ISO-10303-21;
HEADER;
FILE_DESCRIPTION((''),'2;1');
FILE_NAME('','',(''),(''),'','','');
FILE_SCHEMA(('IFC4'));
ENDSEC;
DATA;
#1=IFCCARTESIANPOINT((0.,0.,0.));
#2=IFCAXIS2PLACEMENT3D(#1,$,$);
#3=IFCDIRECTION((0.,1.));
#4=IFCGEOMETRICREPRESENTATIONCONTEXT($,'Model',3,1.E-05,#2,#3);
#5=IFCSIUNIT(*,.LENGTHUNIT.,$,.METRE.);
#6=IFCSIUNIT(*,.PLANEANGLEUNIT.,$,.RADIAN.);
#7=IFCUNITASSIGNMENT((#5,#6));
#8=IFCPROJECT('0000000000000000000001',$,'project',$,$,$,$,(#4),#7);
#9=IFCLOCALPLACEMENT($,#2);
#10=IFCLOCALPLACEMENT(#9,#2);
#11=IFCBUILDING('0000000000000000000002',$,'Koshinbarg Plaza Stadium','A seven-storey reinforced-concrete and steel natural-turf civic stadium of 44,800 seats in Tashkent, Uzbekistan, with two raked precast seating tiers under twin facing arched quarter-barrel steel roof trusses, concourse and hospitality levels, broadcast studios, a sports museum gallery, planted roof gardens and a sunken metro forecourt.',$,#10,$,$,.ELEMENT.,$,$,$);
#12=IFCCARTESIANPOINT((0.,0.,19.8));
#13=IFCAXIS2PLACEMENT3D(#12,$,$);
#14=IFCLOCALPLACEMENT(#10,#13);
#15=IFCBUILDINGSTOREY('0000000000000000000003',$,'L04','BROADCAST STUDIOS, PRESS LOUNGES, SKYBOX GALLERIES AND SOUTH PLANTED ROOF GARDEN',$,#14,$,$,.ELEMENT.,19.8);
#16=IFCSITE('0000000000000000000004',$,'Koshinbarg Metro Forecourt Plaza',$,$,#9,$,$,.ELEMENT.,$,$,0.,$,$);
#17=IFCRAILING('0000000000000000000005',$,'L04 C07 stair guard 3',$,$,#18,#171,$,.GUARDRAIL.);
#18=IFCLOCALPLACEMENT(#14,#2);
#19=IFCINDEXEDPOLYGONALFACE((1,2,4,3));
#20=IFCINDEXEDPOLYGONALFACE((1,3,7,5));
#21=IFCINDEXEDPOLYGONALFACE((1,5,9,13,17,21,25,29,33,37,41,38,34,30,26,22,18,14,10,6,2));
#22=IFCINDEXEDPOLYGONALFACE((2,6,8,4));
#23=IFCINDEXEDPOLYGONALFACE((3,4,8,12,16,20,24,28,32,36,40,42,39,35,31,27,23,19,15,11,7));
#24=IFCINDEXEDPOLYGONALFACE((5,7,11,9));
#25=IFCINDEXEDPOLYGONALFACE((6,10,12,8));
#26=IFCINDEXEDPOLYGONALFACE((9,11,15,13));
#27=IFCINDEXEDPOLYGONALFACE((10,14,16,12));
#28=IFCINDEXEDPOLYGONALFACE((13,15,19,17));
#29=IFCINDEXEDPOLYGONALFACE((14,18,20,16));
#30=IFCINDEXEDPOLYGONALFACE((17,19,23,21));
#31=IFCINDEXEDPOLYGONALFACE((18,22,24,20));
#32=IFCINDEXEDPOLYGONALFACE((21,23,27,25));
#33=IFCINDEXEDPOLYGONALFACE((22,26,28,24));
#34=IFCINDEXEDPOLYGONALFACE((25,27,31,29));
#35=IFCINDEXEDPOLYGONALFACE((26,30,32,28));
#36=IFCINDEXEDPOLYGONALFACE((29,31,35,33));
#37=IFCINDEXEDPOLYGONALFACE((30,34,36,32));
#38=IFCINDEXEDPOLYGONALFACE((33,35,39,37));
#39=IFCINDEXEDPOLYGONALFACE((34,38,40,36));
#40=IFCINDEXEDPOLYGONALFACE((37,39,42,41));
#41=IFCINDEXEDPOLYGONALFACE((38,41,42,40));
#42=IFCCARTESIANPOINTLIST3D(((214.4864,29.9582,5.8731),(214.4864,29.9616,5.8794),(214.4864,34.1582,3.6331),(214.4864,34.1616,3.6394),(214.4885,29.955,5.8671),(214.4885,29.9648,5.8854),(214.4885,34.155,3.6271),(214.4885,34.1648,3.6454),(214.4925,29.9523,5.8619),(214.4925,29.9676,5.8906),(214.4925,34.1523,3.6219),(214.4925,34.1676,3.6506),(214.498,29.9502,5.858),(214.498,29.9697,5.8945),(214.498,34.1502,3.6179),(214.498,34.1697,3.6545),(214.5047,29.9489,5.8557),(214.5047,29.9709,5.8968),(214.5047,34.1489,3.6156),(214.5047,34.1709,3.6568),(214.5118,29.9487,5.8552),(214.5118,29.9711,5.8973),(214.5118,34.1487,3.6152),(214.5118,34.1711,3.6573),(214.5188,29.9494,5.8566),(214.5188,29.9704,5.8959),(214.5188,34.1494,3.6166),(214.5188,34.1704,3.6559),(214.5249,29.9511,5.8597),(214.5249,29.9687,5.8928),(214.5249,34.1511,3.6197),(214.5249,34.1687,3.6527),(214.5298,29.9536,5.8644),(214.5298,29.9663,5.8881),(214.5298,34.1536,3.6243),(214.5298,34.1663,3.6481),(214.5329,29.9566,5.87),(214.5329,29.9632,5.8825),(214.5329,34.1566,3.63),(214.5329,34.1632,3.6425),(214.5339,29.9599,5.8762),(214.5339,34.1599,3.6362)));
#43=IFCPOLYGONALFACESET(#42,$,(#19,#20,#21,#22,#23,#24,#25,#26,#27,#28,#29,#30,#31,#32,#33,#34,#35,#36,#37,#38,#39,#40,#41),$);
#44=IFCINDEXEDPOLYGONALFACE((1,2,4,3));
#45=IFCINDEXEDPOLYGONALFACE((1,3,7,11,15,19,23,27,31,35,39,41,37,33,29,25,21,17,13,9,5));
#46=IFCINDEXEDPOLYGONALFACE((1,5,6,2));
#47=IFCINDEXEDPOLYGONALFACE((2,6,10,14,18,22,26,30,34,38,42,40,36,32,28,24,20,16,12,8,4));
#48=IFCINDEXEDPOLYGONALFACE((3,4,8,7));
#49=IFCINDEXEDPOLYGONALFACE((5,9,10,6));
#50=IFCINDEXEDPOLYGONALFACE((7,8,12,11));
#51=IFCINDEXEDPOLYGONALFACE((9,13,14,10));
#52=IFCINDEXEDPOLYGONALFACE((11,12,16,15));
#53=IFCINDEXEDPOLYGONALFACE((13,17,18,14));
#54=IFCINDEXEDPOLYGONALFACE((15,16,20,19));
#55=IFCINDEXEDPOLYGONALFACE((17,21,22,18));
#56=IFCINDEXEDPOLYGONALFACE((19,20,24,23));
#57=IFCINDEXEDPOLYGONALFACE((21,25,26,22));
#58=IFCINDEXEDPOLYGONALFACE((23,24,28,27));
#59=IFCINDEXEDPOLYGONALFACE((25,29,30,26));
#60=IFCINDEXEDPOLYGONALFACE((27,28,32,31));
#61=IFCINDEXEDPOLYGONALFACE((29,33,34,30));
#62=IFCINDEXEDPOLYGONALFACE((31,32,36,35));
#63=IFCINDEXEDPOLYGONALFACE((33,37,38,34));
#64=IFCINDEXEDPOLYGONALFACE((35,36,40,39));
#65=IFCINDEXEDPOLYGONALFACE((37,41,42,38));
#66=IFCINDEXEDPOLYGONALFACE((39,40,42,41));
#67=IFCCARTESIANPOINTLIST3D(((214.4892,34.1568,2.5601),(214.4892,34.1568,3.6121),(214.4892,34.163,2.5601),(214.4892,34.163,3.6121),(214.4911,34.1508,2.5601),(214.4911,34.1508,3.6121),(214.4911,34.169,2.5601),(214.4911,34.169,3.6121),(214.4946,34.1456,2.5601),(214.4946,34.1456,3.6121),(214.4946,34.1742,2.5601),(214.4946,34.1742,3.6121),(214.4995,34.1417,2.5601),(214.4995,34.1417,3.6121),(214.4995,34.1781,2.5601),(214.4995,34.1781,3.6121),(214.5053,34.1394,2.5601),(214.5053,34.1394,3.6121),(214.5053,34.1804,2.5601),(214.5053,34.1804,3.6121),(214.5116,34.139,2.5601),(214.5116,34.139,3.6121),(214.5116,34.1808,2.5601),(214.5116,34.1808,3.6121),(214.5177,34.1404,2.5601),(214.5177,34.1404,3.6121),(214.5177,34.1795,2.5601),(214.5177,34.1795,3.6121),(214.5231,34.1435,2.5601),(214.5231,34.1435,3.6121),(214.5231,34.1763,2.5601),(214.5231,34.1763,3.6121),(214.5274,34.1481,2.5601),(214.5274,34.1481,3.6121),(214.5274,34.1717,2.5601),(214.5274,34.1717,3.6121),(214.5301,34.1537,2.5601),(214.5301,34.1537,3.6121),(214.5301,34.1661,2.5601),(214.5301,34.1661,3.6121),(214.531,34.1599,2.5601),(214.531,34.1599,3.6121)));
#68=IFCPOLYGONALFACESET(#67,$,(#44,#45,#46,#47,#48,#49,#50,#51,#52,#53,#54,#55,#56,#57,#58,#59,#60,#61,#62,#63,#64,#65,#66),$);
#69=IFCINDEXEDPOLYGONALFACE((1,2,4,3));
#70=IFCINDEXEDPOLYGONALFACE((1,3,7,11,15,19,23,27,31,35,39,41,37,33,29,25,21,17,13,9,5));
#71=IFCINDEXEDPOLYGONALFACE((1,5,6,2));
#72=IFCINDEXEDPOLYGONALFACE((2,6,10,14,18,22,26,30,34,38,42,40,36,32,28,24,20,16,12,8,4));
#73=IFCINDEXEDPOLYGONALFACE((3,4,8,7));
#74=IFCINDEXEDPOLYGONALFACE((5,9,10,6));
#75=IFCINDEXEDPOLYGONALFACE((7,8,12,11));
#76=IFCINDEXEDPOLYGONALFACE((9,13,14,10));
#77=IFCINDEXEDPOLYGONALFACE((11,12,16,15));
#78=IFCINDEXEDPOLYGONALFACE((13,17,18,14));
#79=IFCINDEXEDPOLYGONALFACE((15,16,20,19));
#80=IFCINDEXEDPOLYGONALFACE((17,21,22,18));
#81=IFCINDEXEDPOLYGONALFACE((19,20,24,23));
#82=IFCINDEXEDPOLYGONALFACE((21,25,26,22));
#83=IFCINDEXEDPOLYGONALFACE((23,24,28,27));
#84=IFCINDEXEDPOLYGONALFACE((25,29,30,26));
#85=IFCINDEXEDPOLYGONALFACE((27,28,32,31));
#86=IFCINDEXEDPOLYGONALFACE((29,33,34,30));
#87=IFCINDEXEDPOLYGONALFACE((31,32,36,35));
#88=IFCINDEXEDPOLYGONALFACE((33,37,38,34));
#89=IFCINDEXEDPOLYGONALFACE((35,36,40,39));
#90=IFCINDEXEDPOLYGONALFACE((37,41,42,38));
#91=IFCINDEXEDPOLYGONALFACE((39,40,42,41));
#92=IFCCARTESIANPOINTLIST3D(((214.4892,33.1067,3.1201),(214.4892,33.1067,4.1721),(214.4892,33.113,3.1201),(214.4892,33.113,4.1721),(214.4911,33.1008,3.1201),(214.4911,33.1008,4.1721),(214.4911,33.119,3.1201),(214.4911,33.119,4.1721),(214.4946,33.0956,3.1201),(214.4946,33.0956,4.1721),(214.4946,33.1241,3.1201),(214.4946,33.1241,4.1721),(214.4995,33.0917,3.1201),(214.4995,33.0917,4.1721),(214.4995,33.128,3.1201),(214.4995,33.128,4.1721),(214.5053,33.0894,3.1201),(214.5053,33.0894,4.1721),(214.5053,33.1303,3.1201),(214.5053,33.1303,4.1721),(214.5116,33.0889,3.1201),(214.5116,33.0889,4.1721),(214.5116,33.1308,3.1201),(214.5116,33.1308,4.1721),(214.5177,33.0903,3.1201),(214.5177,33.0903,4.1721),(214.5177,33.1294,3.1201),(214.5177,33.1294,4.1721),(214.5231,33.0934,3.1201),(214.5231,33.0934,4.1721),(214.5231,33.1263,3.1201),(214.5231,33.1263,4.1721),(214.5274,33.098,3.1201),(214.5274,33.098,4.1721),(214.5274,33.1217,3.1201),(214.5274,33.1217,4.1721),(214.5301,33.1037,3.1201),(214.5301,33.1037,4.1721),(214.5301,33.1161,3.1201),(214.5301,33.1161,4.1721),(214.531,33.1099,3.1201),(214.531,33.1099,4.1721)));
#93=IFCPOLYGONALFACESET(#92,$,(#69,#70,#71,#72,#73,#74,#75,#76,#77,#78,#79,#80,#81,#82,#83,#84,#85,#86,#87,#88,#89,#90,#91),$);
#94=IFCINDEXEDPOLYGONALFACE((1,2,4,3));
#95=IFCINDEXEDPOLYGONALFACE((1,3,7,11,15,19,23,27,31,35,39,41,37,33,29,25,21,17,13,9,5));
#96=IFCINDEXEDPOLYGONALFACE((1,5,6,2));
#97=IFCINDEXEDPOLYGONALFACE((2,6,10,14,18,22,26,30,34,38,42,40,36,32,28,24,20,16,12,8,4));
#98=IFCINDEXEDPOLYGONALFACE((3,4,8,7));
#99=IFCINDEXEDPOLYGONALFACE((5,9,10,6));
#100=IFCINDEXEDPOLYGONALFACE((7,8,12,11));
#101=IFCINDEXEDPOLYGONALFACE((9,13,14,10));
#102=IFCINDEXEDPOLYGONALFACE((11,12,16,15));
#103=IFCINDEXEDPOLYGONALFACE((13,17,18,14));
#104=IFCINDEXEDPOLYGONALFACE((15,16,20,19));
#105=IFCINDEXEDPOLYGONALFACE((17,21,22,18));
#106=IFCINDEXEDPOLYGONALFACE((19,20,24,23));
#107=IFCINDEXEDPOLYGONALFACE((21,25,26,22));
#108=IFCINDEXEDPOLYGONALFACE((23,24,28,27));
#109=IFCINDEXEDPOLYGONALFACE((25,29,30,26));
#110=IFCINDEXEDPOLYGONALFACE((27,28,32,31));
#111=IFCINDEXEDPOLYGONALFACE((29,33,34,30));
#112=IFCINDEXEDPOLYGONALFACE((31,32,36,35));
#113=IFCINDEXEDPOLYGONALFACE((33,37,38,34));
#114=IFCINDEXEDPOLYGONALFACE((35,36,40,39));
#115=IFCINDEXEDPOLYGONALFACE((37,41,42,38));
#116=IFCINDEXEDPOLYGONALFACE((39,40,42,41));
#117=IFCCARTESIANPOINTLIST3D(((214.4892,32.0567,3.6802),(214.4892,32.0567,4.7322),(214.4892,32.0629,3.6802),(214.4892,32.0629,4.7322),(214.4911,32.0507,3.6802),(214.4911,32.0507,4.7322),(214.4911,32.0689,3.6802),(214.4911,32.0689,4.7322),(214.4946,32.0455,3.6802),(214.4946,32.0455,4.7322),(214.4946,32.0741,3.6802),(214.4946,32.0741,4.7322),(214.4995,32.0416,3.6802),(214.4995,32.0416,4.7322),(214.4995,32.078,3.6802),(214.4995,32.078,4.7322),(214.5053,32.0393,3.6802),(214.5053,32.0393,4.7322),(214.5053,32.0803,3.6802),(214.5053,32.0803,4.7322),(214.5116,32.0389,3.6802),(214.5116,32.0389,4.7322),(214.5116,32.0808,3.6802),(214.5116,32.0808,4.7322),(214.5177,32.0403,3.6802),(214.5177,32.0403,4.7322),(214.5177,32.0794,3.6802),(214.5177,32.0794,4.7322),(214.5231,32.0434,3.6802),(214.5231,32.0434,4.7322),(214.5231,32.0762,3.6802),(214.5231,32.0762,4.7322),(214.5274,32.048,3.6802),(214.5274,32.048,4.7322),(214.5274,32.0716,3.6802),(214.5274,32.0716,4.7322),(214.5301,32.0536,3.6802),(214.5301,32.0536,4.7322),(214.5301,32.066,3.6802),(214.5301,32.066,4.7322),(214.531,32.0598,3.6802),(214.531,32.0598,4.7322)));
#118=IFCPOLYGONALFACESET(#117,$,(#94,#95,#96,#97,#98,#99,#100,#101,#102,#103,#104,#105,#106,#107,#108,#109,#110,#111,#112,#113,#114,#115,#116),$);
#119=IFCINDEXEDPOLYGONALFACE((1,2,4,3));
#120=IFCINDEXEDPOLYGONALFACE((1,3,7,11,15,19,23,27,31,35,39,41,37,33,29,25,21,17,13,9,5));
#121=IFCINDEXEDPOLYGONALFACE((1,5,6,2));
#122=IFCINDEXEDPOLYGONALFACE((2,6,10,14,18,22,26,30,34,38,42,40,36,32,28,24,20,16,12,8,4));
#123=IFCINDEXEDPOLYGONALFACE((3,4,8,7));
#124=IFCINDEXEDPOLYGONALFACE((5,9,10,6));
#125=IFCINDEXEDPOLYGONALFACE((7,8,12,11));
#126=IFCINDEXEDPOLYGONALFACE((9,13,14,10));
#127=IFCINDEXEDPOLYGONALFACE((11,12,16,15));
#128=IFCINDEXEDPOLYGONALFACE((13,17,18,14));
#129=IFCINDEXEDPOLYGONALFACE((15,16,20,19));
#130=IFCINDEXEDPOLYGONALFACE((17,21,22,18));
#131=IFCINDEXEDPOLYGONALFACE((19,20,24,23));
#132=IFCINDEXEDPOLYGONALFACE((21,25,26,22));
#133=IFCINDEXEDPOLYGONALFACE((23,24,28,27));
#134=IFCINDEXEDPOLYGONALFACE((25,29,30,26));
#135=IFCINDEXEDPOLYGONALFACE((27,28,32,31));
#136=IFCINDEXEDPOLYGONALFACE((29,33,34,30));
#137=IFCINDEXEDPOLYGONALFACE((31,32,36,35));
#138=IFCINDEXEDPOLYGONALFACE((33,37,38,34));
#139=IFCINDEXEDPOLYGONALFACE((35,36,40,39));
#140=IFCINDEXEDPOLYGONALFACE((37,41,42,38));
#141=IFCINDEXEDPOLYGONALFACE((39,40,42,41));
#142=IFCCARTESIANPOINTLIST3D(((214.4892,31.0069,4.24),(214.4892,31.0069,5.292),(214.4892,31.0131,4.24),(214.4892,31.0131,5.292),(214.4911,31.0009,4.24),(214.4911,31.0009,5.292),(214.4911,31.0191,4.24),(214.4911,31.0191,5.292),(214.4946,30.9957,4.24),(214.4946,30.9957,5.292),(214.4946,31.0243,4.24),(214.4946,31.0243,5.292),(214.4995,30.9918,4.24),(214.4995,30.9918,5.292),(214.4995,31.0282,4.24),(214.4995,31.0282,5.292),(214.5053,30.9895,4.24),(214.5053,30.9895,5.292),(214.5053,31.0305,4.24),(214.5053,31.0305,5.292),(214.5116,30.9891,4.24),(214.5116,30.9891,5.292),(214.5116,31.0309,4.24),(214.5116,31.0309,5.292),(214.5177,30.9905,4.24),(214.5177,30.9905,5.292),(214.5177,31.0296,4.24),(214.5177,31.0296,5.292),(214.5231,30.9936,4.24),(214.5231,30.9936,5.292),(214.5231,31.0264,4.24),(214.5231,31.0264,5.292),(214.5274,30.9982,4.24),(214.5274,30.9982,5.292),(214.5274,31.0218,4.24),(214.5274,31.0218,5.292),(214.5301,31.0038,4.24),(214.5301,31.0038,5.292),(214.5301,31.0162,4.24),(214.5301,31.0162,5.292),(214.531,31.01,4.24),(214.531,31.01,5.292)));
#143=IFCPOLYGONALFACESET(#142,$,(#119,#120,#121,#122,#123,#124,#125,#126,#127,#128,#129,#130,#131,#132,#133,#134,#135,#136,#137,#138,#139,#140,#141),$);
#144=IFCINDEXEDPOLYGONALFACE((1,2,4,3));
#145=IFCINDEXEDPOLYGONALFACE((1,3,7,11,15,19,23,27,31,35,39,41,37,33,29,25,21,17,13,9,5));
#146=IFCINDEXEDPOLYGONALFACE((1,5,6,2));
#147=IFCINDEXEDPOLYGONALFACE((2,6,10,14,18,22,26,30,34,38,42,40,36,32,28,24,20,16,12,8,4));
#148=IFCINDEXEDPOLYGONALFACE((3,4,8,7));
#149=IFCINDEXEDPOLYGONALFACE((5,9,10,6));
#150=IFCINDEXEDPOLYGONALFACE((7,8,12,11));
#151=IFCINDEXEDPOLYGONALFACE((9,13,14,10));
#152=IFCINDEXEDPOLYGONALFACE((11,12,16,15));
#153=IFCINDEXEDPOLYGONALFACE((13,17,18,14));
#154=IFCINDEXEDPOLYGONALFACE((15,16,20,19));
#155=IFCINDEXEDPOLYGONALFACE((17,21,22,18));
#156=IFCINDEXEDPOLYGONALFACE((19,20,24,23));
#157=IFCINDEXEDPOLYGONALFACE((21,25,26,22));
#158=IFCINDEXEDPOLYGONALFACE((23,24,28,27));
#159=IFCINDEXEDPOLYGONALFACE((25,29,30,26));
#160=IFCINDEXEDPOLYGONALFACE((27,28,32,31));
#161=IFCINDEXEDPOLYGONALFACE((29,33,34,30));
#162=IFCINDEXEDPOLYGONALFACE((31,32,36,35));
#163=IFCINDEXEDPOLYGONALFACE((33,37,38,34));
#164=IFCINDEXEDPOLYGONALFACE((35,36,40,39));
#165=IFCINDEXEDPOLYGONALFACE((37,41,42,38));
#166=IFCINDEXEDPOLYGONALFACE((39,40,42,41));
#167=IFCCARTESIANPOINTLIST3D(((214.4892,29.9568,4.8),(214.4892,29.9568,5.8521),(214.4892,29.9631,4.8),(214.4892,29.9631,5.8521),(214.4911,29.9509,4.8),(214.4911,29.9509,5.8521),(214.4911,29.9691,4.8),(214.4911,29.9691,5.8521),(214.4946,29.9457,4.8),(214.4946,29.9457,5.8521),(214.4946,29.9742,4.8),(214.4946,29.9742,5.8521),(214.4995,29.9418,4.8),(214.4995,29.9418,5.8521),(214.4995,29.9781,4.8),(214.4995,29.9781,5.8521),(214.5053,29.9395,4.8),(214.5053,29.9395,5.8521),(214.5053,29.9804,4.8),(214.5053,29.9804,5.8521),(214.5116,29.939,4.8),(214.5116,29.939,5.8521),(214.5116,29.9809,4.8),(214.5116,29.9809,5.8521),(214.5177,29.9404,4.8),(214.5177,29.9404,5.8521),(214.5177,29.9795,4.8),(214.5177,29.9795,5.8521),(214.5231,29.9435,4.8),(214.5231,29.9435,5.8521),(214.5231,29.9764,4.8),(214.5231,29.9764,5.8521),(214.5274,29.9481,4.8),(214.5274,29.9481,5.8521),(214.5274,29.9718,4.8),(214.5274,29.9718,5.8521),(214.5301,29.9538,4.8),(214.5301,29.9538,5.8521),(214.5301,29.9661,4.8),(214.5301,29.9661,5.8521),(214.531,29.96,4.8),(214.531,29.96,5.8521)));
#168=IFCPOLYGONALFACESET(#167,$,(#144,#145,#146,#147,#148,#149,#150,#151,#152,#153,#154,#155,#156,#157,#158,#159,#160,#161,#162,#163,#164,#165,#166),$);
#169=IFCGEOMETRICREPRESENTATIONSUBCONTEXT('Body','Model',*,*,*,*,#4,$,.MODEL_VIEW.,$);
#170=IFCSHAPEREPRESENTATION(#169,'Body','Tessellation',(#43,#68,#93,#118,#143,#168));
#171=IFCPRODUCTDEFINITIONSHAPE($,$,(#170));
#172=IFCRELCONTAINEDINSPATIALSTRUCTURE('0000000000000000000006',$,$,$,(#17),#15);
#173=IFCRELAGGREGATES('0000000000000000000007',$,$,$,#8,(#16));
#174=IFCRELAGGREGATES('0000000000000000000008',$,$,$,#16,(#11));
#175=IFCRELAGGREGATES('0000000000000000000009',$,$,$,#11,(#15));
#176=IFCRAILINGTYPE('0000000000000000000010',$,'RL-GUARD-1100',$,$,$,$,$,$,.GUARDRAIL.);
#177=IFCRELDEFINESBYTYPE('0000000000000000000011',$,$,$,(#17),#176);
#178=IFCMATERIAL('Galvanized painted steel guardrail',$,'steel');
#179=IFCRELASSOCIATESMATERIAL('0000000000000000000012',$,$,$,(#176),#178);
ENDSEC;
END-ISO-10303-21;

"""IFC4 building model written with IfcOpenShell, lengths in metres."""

from ifc_helpers import new_model, si_unit, direction, frame, origin, origin_2d, place, context, subcontext, project, spatial, circle, extrude, material, type_object, element, save


model = new_model("IFC4")

# Units and contexts
model_context = context("Model", 3, precision=1e-05, world=origin(), true_north=direction((0.0, 1.0)))
body_context = subcontext(model_context, "Body", "Model", "MODEL_VIEW")
ifc_project = project(units=[si_unit("LENGTHUNIT", "METRE"), si_unit("PLANEANGLEUNIT", "RADIAN")], contexts=[model_context])

# Site, building, storey
site_placement = place(None, origin())
site = spatial("IfcSite", under=ifc_project, at=site_placement, Name="Koshinbarg Metro Forecourt Plaza", CompositionType="ELEMENT", RefElevation=0.0)
building_placement = place(site_placement, origin())
building = spatial("IfcBuilding", under=site, at=building_placement, Name="Koshinbarg Plaza Stadium", Description="A seven-storey reinforced-concrete and steel natural-turf civic stadium of 44,800 seats in Tashkent, Uzbekistan, with two raked precast seating tiers under twin facing arched quarter-barrel steel roof trusses, concourse and hospitality levels, broadcast studios, a sports museum gallery, planted roof gardens and a sunken metro forecourt.", CompositionType="ELEMENT")
storey_placement = place(building_placement, frame((0.0, 0.0, 19.8)))
storey = spatial("IfcBuildingStorey", under=building, at=storey_placement, Name="L04", Description="BROADCAST STUDIOS, PRESS LOUNGES, SKYBOX GALLERIES AND SOUTH PLANTED ROOF GARDEN", CompositionType="ELEMENT", Elevation=19.8)

# Railing
ifc_material_1 = material(Name="Galvanized painted steel guardrail", Category="steel")
railing_type_1 = type_object("IfcRailingType", Name="RL-GUARD-1100", PredefinedType="GUARDRAIL", material=ifc_material_1)
railing_1_placement = place(storey_placement, frame((214.51, 34.1599, 2.5601)))
element("IfcRailing", 1, at=railing_1_placement, inside=storey, type_object=railing_type_1, Name="L04 C07 stair guard 3", PredefinedType="GUARDRAIL", context=body_context, shape_type="SweptSolid", body=[
    extrude(circle(Radius=0.0239, at=origin_2d()), frame((0.0, 0.0, 1.0762), z_axis=(0.0, -0.882352, 0.470591), x_axis=(1.0, 0.0, 0.0)), (0.0, 0.0, 1.0), 4.76),
    extrude(circle(Radius=0.021, at=origin_2d()), origin(), (0.0, 0.0, 1.0), 1.052),
    extrude(circle(Radius=0.021, at=origin_2d()), frame((0.0, -1.05, 0.5601)), (0.0, 0.0, 1.0), 1.052),
    extrude(circle(Radius=0.021, at=origin_2d()), frame((0.0, -2.1001, 1.1201)), (0.0, 0.0, 1.0), 1.052),
    extrude(circle(Radius=0.021, at=origin_2d()), frame((0.0, -3.1499, 1.6799)), (0.0, 0.0, 1.0), 1.052),
    extrude(circle(Radius=0.021, at=origin_2d()), frame((0.0, -4.2, 2.24)), (0.0, 0.0, 1.0), 1.052),
])

save(model, "model.ifc")
